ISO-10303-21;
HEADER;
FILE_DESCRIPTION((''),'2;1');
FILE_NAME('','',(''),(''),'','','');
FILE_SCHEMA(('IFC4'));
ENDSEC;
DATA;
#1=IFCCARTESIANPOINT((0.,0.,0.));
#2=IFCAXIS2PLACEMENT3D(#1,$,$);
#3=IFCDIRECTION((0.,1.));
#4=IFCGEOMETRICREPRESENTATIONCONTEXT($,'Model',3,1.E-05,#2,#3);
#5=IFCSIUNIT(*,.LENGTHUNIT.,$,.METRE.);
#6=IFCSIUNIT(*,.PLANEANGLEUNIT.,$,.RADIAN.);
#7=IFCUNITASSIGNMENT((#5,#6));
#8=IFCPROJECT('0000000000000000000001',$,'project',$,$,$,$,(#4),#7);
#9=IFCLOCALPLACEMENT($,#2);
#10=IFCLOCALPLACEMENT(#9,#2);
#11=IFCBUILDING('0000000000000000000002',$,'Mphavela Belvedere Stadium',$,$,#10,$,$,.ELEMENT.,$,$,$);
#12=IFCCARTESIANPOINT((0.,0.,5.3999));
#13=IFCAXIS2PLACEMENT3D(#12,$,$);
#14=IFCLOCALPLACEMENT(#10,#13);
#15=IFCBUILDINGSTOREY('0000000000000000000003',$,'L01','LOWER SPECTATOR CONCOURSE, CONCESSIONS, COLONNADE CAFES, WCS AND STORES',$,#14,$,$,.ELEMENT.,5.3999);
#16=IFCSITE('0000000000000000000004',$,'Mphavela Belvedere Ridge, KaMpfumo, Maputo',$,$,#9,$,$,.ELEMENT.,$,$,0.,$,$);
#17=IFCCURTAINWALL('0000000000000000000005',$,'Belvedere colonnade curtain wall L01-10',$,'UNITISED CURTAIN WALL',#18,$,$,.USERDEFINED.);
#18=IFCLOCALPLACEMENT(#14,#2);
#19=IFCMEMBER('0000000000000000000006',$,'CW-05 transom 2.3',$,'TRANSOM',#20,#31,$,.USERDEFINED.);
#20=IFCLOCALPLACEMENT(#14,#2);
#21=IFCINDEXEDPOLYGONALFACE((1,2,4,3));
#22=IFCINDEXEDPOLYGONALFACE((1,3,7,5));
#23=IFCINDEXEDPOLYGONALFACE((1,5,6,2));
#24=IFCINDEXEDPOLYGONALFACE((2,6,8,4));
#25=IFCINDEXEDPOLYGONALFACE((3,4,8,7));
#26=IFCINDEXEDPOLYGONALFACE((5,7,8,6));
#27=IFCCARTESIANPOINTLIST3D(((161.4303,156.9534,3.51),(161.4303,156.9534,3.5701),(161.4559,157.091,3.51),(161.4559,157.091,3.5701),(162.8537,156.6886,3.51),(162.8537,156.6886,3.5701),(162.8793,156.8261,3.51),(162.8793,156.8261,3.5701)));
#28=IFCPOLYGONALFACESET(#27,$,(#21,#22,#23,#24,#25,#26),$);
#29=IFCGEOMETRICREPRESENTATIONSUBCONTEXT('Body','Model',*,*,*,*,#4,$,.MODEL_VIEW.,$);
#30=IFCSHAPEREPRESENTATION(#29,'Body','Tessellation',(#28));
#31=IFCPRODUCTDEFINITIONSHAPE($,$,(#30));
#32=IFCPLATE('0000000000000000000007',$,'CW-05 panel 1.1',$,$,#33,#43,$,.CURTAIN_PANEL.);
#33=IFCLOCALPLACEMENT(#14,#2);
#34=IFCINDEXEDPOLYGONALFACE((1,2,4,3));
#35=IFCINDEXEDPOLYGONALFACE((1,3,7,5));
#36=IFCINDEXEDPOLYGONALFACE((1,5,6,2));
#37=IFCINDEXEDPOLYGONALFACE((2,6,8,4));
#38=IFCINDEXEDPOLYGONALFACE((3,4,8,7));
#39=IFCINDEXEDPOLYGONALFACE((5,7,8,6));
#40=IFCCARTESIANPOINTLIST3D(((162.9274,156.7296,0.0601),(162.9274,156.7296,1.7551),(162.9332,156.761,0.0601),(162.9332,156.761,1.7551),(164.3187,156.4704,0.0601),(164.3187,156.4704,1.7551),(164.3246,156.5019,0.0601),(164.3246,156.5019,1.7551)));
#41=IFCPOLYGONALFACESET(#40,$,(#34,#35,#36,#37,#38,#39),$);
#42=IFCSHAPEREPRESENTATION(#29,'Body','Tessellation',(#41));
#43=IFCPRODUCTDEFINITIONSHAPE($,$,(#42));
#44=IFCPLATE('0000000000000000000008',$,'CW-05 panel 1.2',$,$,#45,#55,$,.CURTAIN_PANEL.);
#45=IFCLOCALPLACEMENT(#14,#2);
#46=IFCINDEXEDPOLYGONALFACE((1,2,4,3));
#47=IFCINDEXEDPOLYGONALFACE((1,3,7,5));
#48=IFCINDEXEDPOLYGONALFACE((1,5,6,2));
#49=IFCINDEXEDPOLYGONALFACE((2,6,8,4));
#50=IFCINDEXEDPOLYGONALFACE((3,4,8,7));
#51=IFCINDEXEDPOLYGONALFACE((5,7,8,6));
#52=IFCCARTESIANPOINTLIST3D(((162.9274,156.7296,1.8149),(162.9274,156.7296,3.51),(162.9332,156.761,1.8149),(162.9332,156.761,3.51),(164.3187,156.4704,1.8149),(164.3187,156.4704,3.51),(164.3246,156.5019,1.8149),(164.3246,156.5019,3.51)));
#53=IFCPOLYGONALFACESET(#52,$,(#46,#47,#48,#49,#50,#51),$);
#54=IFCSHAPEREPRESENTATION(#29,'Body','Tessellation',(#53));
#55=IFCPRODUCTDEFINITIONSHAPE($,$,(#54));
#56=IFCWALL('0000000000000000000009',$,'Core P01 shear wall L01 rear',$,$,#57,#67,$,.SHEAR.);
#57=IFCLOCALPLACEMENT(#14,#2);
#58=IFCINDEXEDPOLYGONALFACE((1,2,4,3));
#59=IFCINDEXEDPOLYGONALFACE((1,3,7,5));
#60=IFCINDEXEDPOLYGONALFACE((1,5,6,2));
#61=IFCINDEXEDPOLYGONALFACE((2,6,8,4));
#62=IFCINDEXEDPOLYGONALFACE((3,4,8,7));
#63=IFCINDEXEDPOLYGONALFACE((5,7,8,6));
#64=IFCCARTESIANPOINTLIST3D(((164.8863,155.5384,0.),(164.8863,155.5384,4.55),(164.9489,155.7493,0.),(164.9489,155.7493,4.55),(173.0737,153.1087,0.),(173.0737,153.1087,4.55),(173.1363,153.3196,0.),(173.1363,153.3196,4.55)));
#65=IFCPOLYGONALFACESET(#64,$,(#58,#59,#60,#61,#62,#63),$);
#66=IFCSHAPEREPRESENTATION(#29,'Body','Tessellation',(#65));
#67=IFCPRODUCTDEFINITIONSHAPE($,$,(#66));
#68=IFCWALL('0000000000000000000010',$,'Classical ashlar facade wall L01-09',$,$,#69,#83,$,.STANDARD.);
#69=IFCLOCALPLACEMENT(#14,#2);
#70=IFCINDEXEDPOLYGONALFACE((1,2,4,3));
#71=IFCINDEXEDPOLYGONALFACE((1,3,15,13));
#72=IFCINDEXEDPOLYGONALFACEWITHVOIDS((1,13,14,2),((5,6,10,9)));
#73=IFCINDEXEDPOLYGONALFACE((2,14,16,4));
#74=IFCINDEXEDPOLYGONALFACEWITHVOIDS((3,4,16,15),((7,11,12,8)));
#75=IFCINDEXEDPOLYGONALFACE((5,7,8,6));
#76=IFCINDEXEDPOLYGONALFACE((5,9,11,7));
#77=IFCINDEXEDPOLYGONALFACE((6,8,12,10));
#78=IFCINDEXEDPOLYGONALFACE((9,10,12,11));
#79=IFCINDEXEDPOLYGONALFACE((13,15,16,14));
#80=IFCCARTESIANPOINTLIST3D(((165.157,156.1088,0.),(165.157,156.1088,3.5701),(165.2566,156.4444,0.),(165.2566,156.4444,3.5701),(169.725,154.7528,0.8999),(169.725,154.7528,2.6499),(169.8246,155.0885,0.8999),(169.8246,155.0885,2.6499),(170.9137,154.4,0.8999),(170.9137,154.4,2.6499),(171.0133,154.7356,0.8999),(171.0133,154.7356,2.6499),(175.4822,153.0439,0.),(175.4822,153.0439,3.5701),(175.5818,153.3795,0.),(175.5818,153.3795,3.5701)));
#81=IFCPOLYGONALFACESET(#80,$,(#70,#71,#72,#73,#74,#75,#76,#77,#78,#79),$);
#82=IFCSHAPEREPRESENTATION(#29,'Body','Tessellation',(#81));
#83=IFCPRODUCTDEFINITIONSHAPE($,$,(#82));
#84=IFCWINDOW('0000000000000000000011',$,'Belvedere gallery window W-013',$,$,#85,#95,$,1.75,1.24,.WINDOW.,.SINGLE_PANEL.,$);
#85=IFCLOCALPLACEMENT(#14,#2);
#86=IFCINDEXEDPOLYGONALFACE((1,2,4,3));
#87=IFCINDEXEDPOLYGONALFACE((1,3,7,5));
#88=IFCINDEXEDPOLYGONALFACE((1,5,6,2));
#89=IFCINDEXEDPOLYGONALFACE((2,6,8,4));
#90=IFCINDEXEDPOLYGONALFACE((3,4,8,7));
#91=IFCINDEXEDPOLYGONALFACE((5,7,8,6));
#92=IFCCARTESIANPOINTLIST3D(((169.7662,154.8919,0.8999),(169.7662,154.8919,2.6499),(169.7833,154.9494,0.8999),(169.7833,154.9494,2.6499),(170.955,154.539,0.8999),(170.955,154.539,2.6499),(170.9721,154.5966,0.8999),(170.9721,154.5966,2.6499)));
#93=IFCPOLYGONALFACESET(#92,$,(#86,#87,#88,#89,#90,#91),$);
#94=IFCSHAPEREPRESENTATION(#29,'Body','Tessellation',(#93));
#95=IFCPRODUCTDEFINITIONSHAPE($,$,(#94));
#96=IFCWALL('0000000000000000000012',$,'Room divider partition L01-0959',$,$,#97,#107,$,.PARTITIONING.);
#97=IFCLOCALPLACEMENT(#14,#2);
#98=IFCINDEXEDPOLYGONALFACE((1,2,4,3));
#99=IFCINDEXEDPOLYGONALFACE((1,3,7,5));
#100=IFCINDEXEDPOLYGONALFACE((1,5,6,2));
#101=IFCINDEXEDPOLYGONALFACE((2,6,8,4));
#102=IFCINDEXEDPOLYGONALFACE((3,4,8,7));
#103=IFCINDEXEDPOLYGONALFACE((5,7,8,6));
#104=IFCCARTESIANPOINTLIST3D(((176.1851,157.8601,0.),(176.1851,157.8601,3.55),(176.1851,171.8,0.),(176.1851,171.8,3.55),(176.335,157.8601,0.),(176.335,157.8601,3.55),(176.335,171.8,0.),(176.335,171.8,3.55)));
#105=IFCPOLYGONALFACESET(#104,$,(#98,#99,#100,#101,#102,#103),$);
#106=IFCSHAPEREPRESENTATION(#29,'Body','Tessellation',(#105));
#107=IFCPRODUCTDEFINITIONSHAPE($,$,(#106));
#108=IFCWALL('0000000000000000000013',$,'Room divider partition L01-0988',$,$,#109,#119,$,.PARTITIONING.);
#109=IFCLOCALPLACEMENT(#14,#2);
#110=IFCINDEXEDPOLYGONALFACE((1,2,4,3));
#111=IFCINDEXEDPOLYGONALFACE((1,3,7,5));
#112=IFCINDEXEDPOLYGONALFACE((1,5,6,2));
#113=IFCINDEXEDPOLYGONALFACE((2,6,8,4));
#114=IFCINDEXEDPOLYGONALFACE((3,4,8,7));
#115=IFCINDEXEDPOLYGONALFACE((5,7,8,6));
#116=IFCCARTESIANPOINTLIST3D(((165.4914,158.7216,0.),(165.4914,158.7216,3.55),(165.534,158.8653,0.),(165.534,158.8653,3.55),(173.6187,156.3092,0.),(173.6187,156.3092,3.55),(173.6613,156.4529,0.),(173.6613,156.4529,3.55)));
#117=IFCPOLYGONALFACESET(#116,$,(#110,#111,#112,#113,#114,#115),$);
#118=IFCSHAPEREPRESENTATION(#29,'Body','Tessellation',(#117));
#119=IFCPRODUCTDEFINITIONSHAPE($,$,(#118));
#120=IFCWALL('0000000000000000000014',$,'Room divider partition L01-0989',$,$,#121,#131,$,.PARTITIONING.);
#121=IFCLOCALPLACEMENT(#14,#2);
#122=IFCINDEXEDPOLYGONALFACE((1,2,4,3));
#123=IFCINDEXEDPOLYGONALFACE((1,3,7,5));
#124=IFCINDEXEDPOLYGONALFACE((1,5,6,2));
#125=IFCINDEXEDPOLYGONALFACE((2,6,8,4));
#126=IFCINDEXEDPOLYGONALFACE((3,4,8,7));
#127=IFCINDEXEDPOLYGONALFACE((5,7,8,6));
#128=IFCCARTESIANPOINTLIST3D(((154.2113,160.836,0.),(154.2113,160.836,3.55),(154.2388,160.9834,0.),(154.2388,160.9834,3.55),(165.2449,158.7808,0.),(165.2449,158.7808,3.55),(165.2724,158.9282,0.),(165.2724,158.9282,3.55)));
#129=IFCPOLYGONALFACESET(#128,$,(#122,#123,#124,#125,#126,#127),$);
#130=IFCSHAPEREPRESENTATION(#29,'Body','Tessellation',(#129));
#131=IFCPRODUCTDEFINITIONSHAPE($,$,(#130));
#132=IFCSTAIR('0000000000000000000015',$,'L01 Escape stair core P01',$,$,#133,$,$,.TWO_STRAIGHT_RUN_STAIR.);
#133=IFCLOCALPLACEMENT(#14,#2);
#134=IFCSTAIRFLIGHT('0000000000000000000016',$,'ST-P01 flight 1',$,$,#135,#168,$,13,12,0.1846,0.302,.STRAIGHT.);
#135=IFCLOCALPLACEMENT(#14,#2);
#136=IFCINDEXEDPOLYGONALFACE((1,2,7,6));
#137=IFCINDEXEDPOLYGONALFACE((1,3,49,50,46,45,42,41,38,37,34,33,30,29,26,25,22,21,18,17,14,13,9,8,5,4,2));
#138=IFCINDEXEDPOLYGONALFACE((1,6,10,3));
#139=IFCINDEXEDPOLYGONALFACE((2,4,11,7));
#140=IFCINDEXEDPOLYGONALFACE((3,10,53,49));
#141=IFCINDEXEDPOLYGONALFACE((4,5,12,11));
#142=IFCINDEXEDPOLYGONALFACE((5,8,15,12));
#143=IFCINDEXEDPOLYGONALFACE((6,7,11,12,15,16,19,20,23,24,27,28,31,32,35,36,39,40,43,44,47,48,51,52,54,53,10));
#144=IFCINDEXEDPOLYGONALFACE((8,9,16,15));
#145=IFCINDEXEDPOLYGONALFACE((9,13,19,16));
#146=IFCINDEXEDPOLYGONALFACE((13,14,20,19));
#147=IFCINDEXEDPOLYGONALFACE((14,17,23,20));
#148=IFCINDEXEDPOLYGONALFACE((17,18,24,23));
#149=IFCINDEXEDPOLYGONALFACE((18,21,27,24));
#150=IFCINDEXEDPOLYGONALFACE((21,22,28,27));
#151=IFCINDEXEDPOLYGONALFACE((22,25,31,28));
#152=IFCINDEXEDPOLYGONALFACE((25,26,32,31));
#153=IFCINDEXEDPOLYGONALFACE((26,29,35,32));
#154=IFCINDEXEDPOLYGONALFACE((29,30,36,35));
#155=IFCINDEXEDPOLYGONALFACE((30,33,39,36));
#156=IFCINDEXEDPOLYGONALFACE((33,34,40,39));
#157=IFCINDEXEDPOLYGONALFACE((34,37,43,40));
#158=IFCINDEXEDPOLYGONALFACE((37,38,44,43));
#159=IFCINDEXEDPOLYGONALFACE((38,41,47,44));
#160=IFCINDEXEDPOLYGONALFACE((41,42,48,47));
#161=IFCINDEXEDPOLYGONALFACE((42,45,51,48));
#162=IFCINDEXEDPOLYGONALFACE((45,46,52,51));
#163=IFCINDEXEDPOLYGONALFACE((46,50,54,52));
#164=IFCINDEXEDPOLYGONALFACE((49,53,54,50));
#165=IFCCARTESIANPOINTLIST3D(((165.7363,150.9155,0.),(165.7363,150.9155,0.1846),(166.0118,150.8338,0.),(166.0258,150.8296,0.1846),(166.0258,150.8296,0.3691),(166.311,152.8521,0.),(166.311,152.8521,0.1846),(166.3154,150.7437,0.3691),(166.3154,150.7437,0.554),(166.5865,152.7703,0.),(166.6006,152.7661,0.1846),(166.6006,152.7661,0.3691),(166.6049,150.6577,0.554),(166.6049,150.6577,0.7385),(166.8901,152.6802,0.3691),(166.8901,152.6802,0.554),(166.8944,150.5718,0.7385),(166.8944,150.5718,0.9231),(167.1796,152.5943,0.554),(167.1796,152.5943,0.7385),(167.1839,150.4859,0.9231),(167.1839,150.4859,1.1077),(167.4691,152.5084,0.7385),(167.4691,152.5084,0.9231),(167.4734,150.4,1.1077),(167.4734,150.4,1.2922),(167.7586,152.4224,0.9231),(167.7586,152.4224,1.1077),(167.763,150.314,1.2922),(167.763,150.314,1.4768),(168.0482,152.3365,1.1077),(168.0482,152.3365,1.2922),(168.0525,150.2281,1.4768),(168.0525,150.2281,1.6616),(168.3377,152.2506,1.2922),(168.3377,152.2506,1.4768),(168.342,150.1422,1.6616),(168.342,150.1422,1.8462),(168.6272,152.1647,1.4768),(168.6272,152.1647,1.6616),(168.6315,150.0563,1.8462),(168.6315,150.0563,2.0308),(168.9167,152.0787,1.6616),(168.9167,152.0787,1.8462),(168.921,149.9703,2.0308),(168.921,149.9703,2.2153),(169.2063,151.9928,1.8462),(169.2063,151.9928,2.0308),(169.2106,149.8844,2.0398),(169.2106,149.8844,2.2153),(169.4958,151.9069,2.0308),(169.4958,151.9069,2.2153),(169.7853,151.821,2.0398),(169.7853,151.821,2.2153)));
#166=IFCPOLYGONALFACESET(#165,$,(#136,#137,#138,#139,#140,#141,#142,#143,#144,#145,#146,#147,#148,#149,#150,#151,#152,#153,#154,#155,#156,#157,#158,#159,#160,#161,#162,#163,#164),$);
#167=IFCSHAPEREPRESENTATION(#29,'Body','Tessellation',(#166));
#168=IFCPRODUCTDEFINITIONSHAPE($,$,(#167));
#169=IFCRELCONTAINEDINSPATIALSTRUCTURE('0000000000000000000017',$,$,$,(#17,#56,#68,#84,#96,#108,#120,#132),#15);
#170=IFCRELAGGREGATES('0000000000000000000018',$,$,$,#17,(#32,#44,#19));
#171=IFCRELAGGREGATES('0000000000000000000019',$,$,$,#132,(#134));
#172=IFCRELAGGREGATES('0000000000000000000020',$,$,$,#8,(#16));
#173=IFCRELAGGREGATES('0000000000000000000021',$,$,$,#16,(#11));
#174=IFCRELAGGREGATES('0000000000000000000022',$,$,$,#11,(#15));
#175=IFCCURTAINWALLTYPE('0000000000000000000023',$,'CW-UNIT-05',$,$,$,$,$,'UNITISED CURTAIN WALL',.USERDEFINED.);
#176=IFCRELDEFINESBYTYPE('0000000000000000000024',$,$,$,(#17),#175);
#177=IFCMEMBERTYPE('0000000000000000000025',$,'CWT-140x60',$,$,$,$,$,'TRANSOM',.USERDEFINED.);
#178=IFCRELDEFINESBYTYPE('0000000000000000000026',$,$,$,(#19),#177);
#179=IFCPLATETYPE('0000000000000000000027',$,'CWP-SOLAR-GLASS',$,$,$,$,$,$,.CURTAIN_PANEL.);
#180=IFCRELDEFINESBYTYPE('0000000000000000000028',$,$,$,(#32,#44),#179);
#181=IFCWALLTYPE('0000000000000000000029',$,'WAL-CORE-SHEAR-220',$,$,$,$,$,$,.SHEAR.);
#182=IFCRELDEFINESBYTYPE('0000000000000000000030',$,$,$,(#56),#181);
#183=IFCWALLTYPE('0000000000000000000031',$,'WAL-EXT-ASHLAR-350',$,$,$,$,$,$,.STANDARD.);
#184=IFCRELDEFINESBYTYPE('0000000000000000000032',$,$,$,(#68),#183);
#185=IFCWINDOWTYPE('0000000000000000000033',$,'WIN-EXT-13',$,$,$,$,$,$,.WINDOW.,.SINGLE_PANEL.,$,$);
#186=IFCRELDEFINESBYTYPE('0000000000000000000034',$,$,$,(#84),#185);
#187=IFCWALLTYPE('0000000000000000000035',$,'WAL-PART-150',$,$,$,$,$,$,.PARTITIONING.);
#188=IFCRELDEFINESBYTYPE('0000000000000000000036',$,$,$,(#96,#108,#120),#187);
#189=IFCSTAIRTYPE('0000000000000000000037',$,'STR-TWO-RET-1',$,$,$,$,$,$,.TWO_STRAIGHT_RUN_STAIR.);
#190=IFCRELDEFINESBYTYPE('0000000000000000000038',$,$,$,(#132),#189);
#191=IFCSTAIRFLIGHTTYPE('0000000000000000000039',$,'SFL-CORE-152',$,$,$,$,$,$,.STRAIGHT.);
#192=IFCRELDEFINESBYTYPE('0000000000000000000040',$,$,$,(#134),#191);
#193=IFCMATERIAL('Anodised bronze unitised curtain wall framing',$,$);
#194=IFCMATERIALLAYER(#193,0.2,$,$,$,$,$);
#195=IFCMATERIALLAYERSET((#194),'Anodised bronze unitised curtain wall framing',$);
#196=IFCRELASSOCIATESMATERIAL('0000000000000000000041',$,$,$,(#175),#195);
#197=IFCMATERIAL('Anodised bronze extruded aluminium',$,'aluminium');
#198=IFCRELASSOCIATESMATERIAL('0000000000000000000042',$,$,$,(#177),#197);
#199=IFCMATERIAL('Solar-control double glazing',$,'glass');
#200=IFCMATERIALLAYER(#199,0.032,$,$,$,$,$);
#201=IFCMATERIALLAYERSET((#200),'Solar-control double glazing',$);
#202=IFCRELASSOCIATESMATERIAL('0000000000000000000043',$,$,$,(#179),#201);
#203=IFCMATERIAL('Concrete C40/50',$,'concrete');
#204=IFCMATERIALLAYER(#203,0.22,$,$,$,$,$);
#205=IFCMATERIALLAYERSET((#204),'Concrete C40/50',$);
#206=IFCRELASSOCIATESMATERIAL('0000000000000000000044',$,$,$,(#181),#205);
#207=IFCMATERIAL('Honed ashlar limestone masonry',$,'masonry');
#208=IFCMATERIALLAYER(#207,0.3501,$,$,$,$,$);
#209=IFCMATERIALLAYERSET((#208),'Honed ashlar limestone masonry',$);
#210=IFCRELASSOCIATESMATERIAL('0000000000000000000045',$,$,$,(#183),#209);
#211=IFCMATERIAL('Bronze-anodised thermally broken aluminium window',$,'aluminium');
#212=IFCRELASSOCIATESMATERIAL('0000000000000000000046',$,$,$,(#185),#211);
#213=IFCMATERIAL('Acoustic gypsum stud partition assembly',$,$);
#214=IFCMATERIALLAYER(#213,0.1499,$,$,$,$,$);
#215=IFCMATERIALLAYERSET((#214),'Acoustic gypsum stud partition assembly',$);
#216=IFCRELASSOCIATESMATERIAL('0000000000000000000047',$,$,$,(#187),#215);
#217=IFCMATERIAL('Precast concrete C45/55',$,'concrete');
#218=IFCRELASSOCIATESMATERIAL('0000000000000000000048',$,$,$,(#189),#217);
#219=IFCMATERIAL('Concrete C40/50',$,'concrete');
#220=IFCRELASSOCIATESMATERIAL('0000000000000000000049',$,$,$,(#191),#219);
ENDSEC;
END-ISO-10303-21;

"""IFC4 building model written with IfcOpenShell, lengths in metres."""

from ifc_helpers import new_model, si_unit, direction, frame, frame_2d, origin, origin_2d, place, context, subcontext, project, spatial, polyline, rectangle, outline, extrude, material, layer, layer_set, material_profile, profile_set, type_object, element, fill, aggregate, save


model = new_model("IFC4")

# Units and contexts
model_context = context("Model", 3, precision=1e-05, world=origin(), true_north=direction((0.0, 1.0)))
body_context = subcontext(model_context, "Body", "Model", "MODEL_VIEW")
ifc_project = project(units=[si_unit("LENGTHUNIT", "METRE"), si_unit("PLANEANGLEUNIT", "RADIAN")], contexts=[model_context])

# Site, building, storey
site_placement = place(None, origin())
site = spatial("IfcSite", under=ifc_project, at=site_placement, Name="Mphavela Belvedere Ridge, KaMpfumo, Maputo", CompositionType="ELEMENT", RefElevation=0.0)
building_placement = place(site_placement, origin())
building = spatial("IfcBuilding", under=site, at=building_placement, Name="Mphavela Belvedere Stadium", CompositionType="ELEMENT")
storey_placement = place(building_placement, frame((0.0, 0.0, 5.3999)))
storey = spatial("IfcBuildingStorey", under=building, at=storey_placement, Name="L01", Description="LOWER SPECTATOR CONCOURSE, CONCESSIONS, COLONNADE CAFES, WCS AND STORES", CompositionType="ELEMENT", Elevation=5.3999)

# Curtain wall, member, plates
ifc_material_1 = material(Name="Anodised bronze unitised curtain wall framing")
ifc_layer_1 = layer(ifc_material_1, 0.2)
ifc_layer_set_1 = layer_set([ifc_layer_1], Name="Anodised bronze unitised curtain wall framing")
curtain_wall_type = type_object("IfcCurtainWallType", Name="CW-UNIT-05", ElementType="UNITISED CURTAIN WALL", PredefinedType="USERDEFINED", material=ifc_layer_set_1)
curtain_wall_placement = place(storey_placement, origin())
curtain_wall = element("IfcCurtainWall", 1, at=curtain_wall_placement, inside=storey, type_object=curtain_wall_type, Name="Belvedere colonnade curtain wall L01-10", ObjectType="UNITISED CURTAIN WALL", PredefinedType="USERDEFINED")
ifc_material_2 = material(Name="Anodised bronze extruded aluminium", Category="aluminium")
ifc_material_profile_1 = material_profile(ifc_material_2, rectangle(XDim=0.1399, YDim=0.0601, at=origin_2d()), Name="CW-TRN 140x60")
ifc_profile_set_1 = profile_set([ifc_material_profile_1], Name="Anodised bronze extruded aluminium")
member_type_1 = type_object("IfcMemberType", Name="CWT-140x60", ElementType="TRANSOM", PredefinedType="USERDEFINED", material=ifc_profile_set_1)
member_1_placement = place(storey_placement, frame((162.8665, 156.7573, 3.54), z_axis=(-0.983119, 0.182965, 0.0), x_axis=(-0.182965, -0.983119, 0.0)))
member_1 = element("IfcMember", 2, at=member_1_placement, type_object=member_type_1, Name="CW-05 transom 2.3", ObjectType="TRANSOM", PredefinedType="USERDEFINED", context=body_context, shape_type="SweptSolid", body=[
    extrude(rectangle(XDim=0.1399, YDim=0.0601, at=origin_2d()), origin(), (0.0, 0.0, 1.0), 1.4478),
])
ifc_material_3 = material(Name="Solar-control double glazing", Category="glass")
ifc_layer_2 = layer(ifc_material_3, 0.032)
ifc_layer_set_2 = layer_set([ifc_layer_2], Name="Solar-control double glazing")
plate_type = type_object("IfcPlateType", Name="CWP-SOLAR-GLASS", PredefinedType="CURTAIN_PANEL", material=ifc_layer_set_2)
plate_1_placement = place(storey_placement, frame((163.626, 156.6157, 0.0601), z_axis=(0.0, 0.0, 1.0), x_axis=(-0.983095, 0.183095, 0.0)))
plate_1 = element("IfcPlate", 3, at=plate_1_placement, type_object=plate_type, Name="CW-05 panel 1.1", PredefinedType="CURTAIN_PANEL", context=body_context, shape_type="SweptSolid", body=[
    extrude(rectangle(XDim=1.4153, YDim=0.032, at=origin_2d()), origin(), (0.0, 0.0, 1.0), 1.6951),
])
plate_2_placement = place(storey_placement, frame((163.626, 156.6157, 1.8149), z_axis=(0.0, 0.0, 1.0), x_axis=(-0.983095, 0.183095, 0.0)))
plate_2 = element("IfcPlate", 4, at=plate_2_placement, type_object=plate_type, Name="CW-05 panel 1.2", PredefinedType="CURTAIN_PANEL", context=body_context, shape_type="SweptSolid", body=[
    extrude(rectangle(XDim=1.4153, YDim=0.032, at=origin_2d()), origin(), (0.0, 0.0, 1.0), 1.6951),
])
aggregate(curtain_wall, [plate_1, plate_2, member_1])

# Wall
ifc_material_4 = material(Name="Concrete C40/50", Category="concrete")
ifc_layer_3 = layer(ifc_material_4, 0.22)
ifc_layer_set_3 = layer_set([ifc_layer_3], Name="Concrete C40/50")
wall_type_1 = type_object("IfcWallType", Name="WAL-CORE-SHEAR-220", PredefinedType="SHEAR", material=ifc_layer_set_3)
wall_1_placement = place(storey_placement, frame((164.9177, 155.6438, 0.0), z_axis=(0.0, 0.0, 1.0), x_axis=(0.958676, -0.284501, 0.0)))
element("IfcWall", 5, at=wall_1_placement, inside=storey, type_object=wall_type_1, Name="Core P01 shear wall L01 rear", PredefinedType="SHEAR", context=body_context, shape_type="SweptSolid", body=[
    extrude(rectangle(XDim=8.5403, YDim=0.22, at=frame_2d((4.27, 0.0))), origin(), (0.0, 0.0, 1.0), 4.55),
])

# Shared definitions
ifc_material_5 = material(Name="Honed ashlar limestone masonry", Category="masonry")
ifc_layer_4 = layer(ifc_material_5, 0.3501)
ifc_layer_set_4 = layer_set([ifc_layer_4], Name="Honed ashlar limestone masonry")
wall_type_2 = type_object("IfcWallType", Name="WAL-EXT-ASHLAR-350", PredefinedType="STANDARD", material=ifc_layer_set_4)

# Wall, opening, window
wall_2_placement = place(storey_placement, frame((175.532, 153.2117, 0.0), z_axis=(0.0, 0.0, 1.0), x_axis=(-0.958656, 0.284568, 0.0)))
wall_2 = element("IfcWall", 6, at=wall_2_placement, inside=storey, type_object=wall_type_2, Name="Classical ashlar facade wall L01-09", PredefinedType="STANDARD", context=body_context, shape_type="SweptSolid", body=[
    extrude(rectangle(XDim=10.7705, YDim=0.3501, at=frame_2d((5.3853, 0.0))), origin(), (0.0, 0.0, 1.0), 3.5701),
])
opening_1_placement = place(wall_2_placement, frame((4.7654, 0.0, 0.8999)))
opening_1 = element("IfcOpeningElement", 7, at=opening_1_placement, cuts=wall_2, PredefinedType="OPENING", context=body_context, shape_type="SweptSolid", body=[
    extrude(rectangle(XDim=1.24, YDim=1.75, at=frame_2d((0.6201, 0.875))), frame((0.0, 0.1851, 0.0), z_axis=(0.0, -1.0, 0.0), x_axis=(1.0, 0.0, 0.0)), (0.0, 0.0, 1.0), 0.3701),
])
ifc_material_6 = material(Name="Bronze-anodised thermally broken aluminium window", Category="aluminium")
window_type = type_object("IfcWindowType", Name="WIN-EXT-13", PartitioningType="SINGLE_PANEL", PredefinedType="WINDOW", material=ifc_material_6)
window_placement = place(opening_1_placement, origin())
window = element("IfcWindow", 8, at=window_placement, inside=storey, type_object=window_type, Name="Belvedere gallery window W-013", OverallHeight=1.75, OverallWidth=1.24, PartitioningType="SINGLE_PANEL", PredefinedType="WINDOW", context=body_context, shape_type="SweptSolid", body=[
    extrude(rectangle(XDim=1.24, YDim=1.75, at=frame_2d((0.6201, 0.875))), frame((0.0, 0.03, 0.0), z_axis=(0.0, -1.0, 0.0), x_axis=(1.0, 0.0, 0.0)), (0.0, 0.0, 1.0), 0.0601),
])
fill(opening_1, window)

# Walls
ifc_material_7 = material(Name="Acoustic gypsum stud partition assembly")
ifc_layer_5 = layer(ifc_material_7, 0.1499)
ifc_layer_set_5 = layer_set([ifc_layer_5], Name="Acoustic gypsum stud partition assembly")
wall_type_3 = type_object("IfcWallType", Name="WAL-PART-150", PredefinedType="PARTITIONING", material=ifc_layer_set_5)
wall_3_placement = place(storey_placement, frame((176.26, 157.8601, 0.0), z_axis=(0.0, 0.0, 1.0), x_axis=(0.0, 1.0, 0.0)))
element("IfcWall", 9, at=wall_3_placement, inside=storey, type_object=wall_type_3, Name="Room divider partition L01-0959", PredefinedType="PARTITIONING", context=body_context, shape_type="SweptSolid", body=[
    extrude(rectangle(XDim=13.9399, YDim=0.1499, at=frame_2d((6.97, 0.0))), origin(), (0.0, 0.0, 1.0), 3.55),
])
wall_4_placement = place(storey_placement, frame((173.6399, 156.3811, 0.0), z_axis=(0.0, 0.0, 1.0), x_axis=(-0.95866, 0.284554, 0.0)))
element("IfcWall", 10, at=wall_4_placement, inside=storey, type_object=wall_type_3, Name="Room divider partition L01-0988", PredefinedType="PARTITIONING", context=body_context, shape_type="SweptSolid", body=[
    extrude(rectangle(XDim=8.4778, YDim=0.1499, at=frame_2d((4.2388, 0.0))), origin(), (0.0, 0.0, 1.0), 3.55),
])
wall_5_placement = place(storey_placement, frame((165.2588, 158.8545, 0.0), z_axis=(0.0, 0.0, 1.0), x_axis=(-0.983092, 0.183114, 0.0)))
element("IfcWall", 11, at=wall_5_placement, inside=storey, type_object=wall_type_3, Name="Room divider partition L01-0989", PredefinedType="PARTITIONING", context=body_context, shape_type="SweptSolid", body=[
    extrude(rectangle(XDim=11.2234, YDim=0.1499, at=frame_2d((5.6118, 0.0))), origin(), (0.0, 0.0, 1.0), 3.55),
])

# Stair, stair flight
ifc_material_8 = material(Name="Precast concrete C45/55", Category="concrete")
stair_type = type_object("IfcStairType", Name="STR-TWO-RET-1", PredefinedType="TWO_STRAIGHT_RUN_STAIR", material=ifc_material_8)
stair_placement = place(storey_placement, origin())
stair = element("IfcStair", 12, at=stair_placement, inside=storey, type_object=stair_type, Name="L01 Escape stair core P01", PredefinedType="TWO_STRAIGHT_RUN_STAIR")
ifc_material_9 = material(Name="Concrete C40/50", Category="concrete")
stair_flight_type = type_object("IfcStairFlightType", Name="SFL-CORE-152", PredefinedType="STRAIGHT", material=ifc_material_9)
stair_flight_1_placement = place(storey_placement, frame((166.0237, 151.8838, 0.0), z_axis=(0.0, 0.0, 1.0), x_axis=(0.958671, -0.284517, 0.0)))
stair_flight_1 = element("IfcStairFlight", 13, at=stair_flight_1_placement, type_object=stair_flight_type, Name="ST-P01 flight 1", NumberOfRisers=13, NumberOfTreads=12, PredefinedType="STRAIGHT", RiserHeight=0.1846, TreadLength=0.302, context=body_context, shape_type="SweptSolid", body=[
    extrude(outline(polyline([(0.0, 0.0), (0.0, 0.1846), (0.302, 0.1846), (0.302, 0.3691), (0.604, 0.3691), (0.604, 0.554), (0.906, 0.554), (0.906, 0.7385), (1.208, 0.7385), (1.208, 0.9231), (1.51, 0.9231), (1.51, 1.1077), (1.812, 1.1077), (1.812, 1.2922), (2.114, 1.2922), (2.114, 1.4768), (2.416, 1.4768), (2.416, 1.6616), (2.718, 1.6616), (2.718, 1.8462), (3.02, 1.8462), (3.02, 2.0308), (3.322, 2.0308), (3.322, 2.2153), (3.624, 2.2153), (3.624, 2.3999), (3.624, 2.0398), (0.2874, 0.0), (0.0, 0.0)])), frame((0.0, 1.01, 0.0), z_axis=(0.0, -1.0, 0.0), x_axis=(1.0, 0.0, 0.0)), (0.0, 0.0, 1.0), 2.02),
])
aggregate(stair, [stair_flight_1])

save(model, "model.ifc")
